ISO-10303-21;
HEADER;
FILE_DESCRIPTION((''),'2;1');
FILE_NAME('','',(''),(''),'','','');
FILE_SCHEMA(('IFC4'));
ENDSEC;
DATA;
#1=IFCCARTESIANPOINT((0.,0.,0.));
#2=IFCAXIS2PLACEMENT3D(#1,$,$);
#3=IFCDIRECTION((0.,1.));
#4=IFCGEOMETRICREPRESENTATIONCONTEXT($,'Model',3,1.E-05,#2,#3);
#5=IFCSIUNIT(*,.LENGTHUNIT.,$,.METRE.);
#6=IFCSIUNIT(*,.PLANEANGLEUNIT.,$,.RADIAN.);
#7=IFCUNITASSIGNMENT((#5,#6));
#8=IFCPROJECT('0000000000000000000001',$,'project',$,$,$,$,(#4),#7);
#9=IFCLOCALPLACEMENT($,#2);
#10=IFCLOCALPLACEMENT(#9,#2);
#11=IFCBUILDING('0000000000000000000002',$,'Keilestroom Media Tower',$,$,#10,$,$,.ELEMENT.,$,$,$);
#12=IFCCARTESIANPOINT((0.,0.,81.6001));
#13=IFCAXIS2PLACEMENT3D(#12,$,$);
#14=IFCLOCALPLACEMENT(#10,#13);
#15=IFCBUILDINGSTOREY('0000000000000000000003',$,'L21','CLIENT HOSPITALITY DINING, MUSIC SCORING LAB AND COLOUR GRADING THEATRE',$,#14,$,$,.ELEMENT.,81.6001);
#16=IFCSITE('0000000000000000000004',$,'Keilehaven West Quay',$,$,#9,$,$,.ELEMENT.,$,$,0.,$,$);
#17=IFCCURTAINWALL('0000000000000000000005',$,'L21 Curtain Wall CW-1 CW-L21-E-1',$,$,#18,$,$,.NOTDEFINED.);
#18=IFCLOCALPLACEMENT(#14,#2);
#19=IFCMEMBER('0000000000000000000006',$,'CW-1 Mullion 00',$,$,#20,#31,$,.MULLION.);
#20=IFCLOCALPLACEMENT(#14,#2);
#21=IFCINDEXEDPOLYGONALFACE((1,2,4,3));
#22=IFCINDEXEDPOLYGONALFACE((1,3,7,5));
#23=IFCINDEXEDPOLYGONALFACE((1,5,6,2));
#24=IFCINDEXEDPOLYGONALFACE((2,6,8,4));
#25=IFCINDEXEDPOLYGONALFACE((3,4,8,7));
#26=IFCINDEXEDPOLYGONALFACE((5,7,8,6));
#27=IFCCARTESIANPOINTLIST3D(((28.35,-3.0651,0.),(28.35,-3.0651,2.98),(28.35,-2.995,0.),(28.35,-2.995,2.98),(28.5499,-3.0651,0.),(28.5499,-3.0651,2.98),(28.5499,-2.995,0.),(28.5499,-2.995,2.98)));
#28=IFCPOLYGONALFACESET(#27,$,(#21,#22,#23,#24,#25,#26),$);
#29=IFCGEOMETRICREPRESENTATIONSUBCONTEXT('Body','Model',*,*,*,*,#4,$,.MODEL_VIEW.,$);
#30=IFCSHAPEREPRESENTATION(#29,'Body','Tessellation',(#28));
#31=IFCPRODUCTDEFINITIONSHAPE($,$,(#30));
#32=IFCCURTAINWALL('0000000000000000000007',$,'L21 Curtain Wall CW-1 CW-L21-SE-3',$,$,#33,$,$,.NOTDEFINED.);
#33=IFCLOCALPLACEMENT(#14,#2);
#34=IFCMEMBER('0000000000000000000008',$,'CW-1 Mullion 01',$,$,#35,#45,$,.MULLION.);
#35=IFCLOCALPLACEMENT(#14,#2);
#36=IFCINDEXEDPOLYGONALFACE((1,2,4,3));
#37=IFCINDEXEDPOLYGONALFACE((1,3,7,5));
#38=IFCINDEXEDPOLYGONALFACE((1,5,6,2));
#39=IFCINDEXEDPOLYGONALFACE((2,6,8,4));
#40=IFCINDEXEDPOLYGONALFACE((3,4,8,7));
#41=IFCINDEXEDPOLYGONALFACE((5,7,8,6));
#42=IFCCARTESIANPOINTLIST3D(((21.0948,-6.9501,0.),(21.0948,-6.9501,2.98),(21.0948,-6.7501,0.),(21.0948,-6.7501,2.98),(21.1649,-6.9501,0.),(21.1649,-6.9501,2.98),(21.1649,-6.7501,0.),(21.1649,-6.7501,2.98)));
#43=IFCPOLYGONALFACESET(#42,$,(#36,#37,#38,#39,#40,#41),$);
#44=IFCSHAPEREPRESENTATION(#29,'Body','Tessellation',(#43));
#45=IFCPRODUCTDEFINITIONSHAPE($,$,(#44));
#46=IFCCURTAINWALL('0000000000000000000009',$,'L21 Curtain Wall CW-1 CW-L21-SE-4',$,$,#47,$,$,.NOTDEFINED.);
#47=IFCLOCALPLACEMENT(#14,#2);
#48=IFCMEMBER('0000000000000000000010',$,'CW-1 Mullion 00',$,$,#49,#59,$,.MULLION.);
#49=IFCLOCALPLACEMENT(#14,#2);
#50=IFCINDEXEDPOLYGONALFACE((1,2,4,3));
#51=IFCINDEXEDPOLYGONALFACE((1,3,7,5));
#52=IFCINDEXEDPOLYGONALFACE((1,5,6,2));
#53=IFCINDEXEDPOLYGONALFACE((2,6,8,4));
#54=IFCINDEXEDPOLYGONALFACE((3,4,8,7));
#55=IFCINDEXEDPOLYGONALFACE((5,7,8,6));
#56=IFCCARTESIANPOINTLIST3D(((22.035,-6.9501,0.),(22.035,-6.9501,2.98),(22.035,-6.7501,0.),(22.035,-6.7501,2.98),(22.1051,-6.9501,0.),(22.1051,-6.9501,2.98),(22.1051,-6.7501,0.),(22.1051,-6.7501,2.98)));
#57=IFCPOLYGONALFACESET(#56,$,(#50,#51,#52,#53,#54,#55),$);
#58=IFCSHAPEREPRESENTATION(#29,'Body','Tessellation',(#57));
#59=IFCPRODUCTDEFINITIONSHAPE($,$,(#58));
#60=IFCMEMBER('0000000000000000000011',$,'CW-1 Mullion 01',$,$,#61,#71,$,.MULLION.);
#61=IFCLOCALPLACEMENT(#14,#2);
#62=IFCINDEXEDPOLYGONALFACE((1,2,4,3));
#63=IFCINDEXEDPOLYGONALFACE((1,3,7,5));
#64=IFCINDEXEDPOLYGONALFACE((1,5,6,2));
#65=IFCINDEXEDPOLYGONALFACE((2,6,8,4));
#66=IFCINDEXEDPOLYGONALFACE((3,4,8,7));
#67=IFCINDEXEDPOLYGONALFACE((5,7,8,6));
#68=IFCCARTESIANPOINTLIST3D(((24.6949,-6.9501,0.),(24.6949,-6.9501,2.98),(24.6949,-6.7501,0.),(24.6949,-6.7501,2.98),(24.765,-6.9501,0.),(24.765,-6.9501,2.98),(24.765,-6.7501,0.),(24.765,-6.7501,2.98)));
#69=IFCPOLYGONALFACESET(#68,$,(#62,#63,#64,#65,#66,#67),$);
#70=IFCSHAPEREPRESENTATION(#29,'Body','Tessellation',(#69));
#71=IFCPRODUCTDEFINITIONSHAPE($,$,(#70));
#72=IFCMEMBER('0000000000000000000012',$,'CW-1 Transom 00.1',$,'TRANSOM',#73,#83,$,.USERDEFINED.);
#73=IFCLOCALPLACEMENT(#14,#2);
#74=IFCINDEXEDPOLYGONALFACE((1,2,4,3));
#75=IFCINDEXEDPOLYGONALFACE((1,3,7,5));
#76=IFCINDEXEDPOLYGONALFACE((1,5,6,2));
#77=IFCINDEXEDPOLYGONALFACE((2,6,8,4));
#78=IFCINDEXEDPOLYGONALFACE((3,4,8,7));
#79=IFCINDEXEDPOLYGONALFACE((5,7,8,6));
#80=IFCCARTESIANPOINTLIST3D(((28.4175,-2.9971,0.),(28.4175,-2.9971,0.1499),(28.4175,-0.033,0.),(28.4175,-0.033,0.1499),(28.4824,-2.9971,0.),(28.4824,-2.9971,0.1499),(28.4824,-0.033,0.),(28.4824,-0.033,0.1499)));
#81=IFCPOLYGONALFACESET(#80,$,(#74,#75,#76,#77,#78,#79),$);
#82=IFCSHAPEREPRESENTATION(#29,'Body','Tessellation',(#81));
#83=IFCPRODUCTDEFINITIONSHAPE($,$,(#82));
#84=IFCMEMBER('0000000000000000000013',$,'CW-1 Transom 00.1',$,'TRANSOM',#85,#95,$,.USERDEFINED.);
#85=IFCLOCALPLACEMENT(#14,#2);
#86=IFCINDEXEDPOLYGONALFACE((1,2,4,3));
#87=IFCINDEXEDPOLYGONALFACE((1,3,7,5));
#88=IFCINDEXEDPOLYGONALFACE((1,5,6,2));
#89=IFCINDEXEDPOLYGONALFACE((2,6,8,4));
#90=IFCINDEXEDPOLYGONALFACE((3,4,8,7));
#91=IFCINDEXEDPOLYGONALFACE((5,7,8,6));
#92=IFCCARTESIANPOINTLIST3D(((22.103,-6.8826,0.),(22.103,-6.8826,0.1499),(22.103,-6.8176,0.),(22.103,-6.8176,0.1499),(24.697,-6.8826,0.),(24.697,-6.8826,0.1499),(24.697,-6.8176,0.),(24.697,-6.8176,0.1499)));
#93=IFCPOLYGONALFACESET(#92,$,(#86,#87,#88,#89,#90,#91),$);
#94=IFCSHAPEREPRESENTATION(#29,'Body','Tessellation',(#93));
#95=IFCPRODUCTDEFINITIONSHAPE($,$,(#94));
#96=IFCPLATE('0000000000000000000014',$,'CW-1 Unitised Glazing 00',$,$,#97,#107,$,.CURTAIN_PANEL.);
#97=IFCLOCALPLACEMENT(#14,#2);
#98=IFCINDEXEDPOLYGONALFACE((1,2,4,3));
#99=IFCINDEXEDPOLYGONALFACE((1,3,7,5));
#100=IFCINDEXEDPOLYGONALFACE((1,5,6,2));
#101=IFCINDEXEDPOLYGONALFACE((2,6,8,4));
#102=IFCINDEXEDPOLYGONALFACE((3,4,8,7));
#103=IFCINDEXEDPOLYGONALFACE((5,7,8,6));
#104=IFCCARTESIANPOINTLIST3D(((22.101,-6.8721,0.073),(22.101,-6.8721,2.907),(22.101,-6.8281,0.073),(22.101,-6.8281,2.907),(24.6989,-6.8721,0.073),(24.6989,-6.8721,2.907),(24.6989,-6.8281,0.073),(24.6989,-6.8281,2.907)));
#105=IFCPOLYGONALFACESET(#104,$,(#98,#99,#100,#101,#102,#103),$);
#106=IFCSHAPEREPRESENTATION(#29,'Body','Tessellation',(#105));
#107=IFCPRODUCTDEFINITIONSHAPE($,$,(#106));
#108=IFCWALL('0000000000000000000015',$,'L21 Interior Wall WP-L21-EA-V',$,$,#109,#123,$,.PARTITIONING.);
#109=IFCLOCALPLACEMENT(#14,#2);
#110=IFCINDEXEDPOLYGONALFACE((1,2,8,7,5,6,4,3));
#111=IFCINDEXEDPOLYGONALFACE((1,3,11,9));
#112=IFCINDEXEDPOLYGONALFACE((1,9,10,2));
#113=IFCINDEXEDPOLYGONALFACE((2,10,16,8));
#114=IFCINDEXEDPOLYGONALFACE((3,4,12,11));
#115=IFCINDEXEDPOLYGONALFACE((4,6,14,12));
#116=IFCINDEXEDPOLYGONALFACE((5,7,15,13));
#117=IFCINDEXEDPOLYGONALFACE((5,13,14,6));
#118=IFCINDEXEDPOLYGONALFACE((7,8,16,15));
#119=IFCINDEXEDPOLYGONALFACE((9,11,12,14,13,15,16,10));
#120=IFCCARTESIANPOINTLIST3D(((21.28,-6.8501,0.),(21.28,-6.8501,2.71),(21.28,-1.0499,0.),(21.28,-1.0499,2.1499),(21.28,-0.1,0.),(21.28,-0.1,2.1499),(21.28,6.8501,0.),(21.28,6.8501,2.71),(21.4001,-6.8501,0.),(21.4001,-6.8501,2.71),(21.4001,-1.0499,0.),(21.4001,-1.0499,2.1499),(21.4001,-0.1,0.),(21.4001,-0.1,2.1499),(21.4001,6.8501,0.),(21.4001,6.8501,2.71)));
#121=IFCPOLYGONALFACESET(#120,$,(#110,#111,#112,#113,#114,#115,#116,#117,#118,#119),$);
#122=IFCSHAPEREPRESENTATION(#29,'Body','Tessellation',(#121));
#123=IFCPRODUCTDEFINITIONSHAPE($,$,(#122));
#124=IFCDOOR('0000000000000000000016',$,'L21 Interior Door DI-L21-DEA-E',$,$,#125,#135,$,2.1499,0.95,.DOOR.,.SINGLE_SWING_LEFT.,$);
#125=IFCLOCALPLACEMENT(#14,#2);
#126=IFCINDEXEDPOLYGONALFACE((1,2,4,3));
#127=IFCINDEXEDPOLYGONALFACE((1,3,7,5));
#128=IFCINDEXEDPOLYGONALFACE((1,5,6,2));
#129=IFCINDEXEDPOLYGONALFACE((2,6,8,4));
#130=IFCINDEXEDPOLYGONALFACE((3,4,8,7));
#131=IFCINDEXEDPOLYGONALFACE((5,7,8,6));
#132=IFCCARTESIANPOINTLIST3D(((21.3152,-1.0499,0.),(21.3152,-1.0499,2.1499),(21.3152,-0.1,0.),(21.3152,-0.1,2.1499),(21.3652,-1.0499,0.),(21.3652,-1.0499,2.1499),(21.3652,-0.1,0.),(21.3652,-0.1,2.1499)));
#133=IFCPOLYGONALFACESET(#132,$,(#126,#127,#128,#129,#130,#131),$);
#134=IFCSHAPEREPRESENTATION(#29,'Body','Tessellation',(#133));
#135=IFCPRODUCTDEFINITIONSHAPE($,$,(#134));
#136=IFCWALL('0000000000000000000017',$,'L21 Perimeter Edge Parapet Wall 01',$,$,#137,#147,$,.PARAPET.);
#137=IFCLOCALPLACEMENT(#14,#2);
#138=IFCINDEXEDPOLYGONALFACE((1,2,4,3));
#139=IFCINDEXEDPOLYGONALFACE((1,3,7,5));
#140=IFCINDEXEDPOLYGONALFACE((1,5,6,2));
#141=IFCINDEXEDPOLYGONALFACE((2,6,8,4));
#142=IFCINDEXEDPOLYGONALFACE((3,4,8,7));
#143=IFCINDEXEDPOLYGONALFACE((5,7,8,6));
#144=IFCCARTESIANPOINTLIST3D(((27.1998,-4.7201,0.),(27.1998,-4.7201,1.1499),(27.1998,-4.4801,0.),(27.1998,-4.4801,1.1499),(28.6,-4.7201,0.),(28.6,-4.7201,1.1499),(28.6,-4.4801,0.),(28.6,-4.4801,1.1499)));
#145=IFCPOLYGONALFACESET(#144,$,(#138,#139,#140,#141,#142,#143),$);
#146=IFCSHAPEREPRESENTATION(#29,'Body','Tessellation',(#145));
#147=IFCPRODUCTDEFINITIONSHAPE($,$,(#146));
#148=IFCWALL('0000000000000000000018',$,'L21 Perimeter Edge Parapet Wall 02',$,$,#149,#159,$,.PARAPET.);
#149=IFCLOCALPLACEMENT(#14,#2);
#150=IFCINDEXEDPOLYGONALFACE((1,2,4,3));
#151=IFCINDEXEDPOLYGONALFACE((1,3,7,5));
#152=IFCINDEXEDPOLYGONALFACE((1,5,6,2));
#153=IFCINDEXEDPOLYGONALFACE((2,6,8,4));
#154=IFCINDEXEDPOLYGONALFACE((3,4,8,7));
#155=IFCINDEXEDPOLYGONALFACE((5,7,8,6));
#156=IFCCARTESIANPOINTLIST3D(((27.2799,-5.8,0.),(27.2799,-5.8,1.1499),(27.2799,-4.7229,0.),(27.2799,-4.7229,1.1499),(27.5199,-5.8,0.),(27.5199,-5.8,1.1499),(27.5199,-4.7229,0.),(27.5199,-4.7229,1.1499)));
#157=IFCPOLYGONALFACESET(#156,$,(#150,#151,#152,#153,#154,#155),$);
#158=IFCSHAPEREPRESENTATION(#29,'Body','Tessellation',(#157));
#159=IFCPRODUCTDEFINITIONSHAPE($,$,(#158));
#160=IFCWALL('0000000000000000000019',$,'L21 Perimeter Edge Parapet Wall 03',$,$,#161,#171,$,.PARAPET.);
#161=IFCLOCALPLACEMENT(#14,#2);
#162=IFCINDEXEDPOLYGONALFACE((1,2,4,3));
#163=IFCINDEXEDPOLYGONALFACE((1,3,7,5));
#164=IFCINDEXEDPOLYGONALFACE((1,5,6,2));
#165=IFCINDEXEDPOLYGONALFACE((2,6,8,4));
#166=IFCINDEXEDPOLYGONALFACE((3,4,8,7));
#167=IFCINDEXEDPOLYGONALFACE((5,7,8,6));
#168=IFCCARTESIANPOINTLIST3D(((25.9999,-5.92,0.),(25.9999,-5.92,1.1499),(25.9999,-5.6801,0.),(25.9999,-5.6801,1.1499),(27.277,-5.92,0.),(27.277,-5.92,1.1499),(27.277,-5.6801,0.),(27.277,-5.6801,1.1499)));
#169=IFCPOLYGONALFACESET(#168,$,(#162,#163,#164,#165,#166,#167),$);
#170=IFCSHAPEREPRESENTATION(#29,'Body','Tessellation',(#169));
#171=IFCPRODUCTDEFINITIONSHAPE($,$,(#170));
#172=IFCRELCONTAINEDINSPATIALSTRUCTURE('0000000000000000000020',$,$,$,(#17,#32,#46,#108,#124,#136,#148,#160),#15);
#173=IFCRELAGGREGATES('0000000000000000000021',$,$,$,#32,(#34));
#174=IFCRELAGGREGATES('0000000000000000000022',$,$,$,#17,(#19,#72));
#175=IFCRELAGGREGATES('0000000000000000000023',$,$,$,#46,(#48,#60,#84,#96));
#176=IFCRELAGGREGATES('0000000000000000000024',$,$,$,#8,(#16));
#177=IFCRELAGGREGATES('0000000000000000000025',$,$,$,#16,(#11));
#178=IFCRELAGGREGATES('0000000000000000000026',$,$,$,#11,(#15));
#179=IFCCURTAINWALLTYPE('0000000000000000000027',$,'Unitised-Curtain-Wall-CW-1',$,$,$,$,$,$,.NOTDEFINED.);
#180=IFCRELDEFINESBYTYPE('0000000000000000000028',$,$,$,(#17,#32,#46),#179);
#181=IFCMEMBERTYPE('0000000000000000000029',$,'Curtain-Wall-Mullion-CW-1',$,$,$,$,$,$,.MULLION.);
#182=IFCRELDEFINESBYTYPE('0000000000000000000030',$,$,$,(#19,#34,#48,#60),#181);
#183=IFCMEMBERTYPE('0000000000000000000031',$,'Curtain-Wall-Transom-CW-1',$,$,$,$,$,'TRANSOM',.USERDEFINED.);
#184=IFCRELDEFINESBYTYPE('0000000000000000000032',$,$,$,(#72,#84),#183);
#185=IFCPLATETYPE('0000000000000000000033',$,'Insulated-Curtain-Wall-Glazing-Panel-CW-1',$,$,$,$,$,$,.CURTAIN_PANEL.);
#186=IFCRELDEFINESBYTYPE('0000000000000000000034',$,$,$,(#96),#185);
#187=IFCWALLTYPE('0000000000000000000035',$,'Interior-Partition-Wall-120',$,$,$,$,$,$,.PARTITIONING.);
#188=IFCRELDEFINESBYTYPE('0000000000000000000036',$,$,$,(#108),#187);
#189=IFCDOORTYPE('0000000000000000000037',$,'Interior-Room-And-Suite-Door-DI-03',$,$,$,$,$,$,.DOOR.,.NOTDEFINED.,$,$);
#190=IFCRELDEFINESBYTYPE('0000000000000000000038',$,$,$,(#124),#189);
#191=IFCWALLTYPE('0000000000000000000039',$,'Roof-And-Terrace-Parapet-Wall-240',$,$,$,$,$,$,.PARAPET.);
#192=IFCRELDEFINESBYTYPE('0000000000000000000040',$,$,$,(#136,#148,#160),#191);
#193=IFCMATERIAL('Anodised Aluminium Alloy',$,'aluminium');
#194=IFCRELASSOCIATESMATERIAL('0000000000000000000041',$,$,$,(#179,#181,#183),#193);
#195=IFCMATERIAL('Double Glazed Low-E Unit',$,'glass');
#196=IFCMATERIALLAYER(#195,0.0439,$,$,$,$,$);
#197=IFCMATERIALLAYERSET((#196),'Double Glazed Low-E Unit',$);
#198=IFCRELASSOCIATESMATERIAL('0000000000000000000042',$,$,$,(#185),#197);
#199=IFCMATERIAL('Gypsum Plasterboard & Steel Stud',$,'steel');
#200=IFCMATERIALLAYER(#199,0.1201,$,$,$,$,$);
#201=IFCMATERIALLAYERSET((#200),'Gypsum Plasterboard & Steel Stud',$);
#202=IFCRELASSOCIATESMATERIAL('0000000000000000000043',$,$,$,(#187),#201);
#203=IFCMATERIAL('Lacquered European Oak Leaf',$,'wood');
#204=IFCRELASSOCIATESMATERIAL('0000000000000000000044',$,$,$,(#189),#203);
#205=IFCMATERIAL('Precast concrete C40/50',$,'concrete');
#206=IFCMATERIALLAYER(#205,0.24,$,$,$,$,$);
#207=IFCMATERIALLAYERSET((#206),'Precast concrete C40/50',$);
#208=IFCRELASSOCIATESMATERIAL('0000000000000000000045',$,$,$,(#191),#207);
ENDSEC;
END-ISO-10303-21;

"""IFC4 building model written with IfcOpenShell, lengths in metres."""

from ifc_helpers import new_model, si_unit, direction, frame, frame_2d, origin, origin_2d, place, context, subcontext, project, spatial, rectangle, extrude, source, transform, mapped, material, layer, layer_set, material_profile, profile_set, type_object, element, fill, aggregate, save


model = new_model("IFC4")

# Units and contexts
model_context = context("Model", 3, precision=1e-05, world=origin(), true_north=direction((0.0, 1.0)))
body_context = subcontext(model_context, "Body", "Model", "MODEL_VIEW")
ifc_project = project(units=[si_unit("LENGTHUNIT", "METRE"), si_unit("PLANEANGLEUNIT", "RADIAN")], contexts=[model_context])

# Site, building, storey
site_placement = place(None, origin())
site = spatial("IfcSite", under=ifc_project, at=site_placement, Name="Keilehaven West Quay", CompositionType="ELEMENT", RefElevation=0.0)
building_placement = place(site_placement, origin())
building = spatial("IfcBuilding", under=site, at=building_placement, Name="Keilestroom Media Tower", CompositionType="ELEMENT")
storey_placement = place(building_placement, frame((0.0, 0.0, 81.6001)))
storey = spatial("IfcBuildingStorey", under=building, at=storey_placement, Name="L21", Description="CLIENT HOSPITALITY DINING, MUSIC SCORING LAB AND COLOUR GRADING THEATRE", CompositionType="ELEMENT", Elevation=81.6001)

# Shared definitions
ifc_material_1 = material(Name="Precast concrete C40/50", Category="concrete")

# Curtain walls, members
ifc_material_2 = material(Name="Anodised Aluminium Alloy", Category="aluminium")
curtain_wall_type = type_object("IfcCurtainWallType", Name="Unitised-Curtain-Wall-CW-1", PredefinedType="NOTDEFINED", material=ifc_material_2)
curtain_wall_1_placement = place(storey_placement, origin())
curtain_wall_1 = element("IfcCurtainWall", 1, at=curtain_wall_1_placement, inside=storey, type_object=curtain_wall_type, Name="L21 Curtain Wall CW-1 CW-L21-E-1", PredefinedType="NOTDEFINED")
ifc_material_profile_1 = material_profile(ifc_material_2, rectangle(XDim=0.0701, YDim=0.2, at=origin_2d()), Name="ALU MULLION 70x200")
ifc_profile_set_1 = profile_set([ifc_material_profile_1], Name="Anodised Aluminium Alloy")
member_type_1 = type_object("IfcMemberType", Name="Curtain-Wall-Mullion-CW-1", PredefinedType="MULLION", material=ifc_profile_set_1)
shared_shape_1 = source(origin(), body_context, "Body", "SweptSolid", [
    extrude(rectangle(XDim=0.0701, YDim=0.2, at=origin_2d()), origin(), (0.0, 0.0, 1.0), 2.98),
])
member_1_placement = place(storey_placement, frame((28.45, -3.03, 0.0), z_axis=(0.0, 0.0, 1.0), x_axis=(0.0, 1.0, 0.0)))
member_1 = element("IfcMember", 2, at=member_1_placement, type_object=member_type_1, Name="CW-1 Mullion 00", PredefinedType="MULLION", context=body_context, shape_type="MappedRepresentation", body=[
    mapped(shared_shape_1, transform((0.0, 0.0, 0.0), x_axis=(1.0, 0.0, 0.0), y_axis=(0.0, 1.0, 0.0), z_axis=(0.0, 0.0, 1.0), scale=1.0)),
])
curtain_wall_2_placement = place(storey_placement, origin())
curtain_wall_2 = element("IfcCurtainWall", 3, at=curtain_wall_2_placement, inside=storey, type_object=curtain_wall_type, Name="L21 Curtain Wall CW-1 CW-L21-SE-3", PredefinedType="NOTDEFINED")
member_2_placement = place(storey_placement, frame((21.1299, -6.8501, 0.0), z_axis=(0.0, 0.0, 1.0), x_axis=(1.0, 0.0, 0.0)))
member_2 = element("IfcMember", 4, at=member_2_placement, type_object=member_type_1, Name="CW-1 Mullion 01", PredefinedType="MULLION", context=body_context, shape_type="MappedRepresentation", body=[
    mapped(shared_shape_1, transform((0.0, 0.0, 0.0), x_axis=(1.0, 0.0, 0.0), y_axis=(0.0, 1.0, 0.0), z_axis=(0.0, 0.0, 1.0), scale=1.0)),
])
aggregate(curtain_wall_2, [member_2])

# Curtain wall, members
curtain_wall_3_placement = place(storey_placement, origin())
curtain_wall_3 = element("IfcCurtainWall", 5, at=curtain_wall_3_placement, inside=storey, type_object=curtain_wall_type, Name="L21 Curtain Wall CW-1 CW-L21-SE-4", PredefinedType="NOTDEFINED")
member_3_placement = place(storey_placement, frame((22.0701, -6.8501, 0.0), z_axis=(0.0, 0.0, 1.0), x_axis=(1.0, 0.0, 0.0)))
member_3 = element("IfcMember", 6, at=member_3_placement, type_object=member_type_1, Name="CW-1 Mullion 00", PredefinedType="MULLION", context=body_context, shape_type="MappedRepresentation", body=[
    mapped(shared_shape_1, transform((0.0, 0.0, 0.0), x_axis=(1.0, 0.0, 0.0), y_axis=(0.0, 1.0, 0.0), z_axis=(0.0, 0.0, 1.0), scale=1.0)),
])
member_4_placement = place(storey_placement, frame((24.73, -6.8501, 0.0), z_axis=(0.0, 0.0, 1.0), x_axis=(1.0, 0.0, 0.0)))
member_4 = element("IfcMember", 7, at=member_4_placement, type_object=member_type_1, Name="CW-1 Mullion 01", PredefinedType="MULLION", context=body_context, shape_type="MappedRepresentation", body=[
    mapped(shared_shape_1, transform((0.0, 0.0, 0.0), x_axis=(1.0, 0.0, 0.0), y_axis=(0.0, 1.0, 0.0), z_axis=(0.0, 0.0, 1.0), scale=1.0)),
])

# Members
ifc_material_profile_2 = material_profile(ifc_material_2, rectangle(XDim=0.0649, YDim=0.1499, at=origin_2d()), Name="ALU TRANSOM 65x150")
ifc_profile_set_2 = profile_set([ifc_material_profile_2], Name="Anodised Aluminium Alloy")
member_type_2 = type_object("IfcMemberType", Name="Curtain-Wall-Transom-CW-1", ElementType="TRANSOM", PredefinedType="USERDEFINED", material=ifc_profile_set_2)
shared_shape_2 = source(origin(), body_context, "Body", "SweptSolid", [
    extrude(rectangle(XDim=0.0649, YDim=0.1499, at=origin_2d()), origin(), (0.0, 0.0, 1.0), 2.9641),
])
member_5_placement = place(storey_placement, frame((28.45, -2.9971, 0.075), z_axis=(0.0, 1.0, 0.0), x_axis=(-1.0, 0.0, 0.0)))
member_5 = element("IfcMember", 8, at=member_5_placement, type_object=member_type_2, Name="CW-1 Transom 00.1", ObjectType="TRANSOM", PredefinedType="USERDEFINED", context=body_context, shape_type="MappedRepresentation", body=[
    mapped(shared_shape_2, transform((0.0, 0.0, 0.0), x_axis=(1.0, 0.0, 0.0), y_axis=(0.0, 1.0, 0.0), z_axis=(0.0, 0.0, 1.0), scale=1.0)),
])
aggregate(curtain_wall_1, [member_1, member_5])
shared_shape_3 = source(origin(), body_context, "Body", "SweptSolid", [
    extrude(rectangle(XDim=0.0649, YDim=0.1499, at=origin_2d()), origin(), (0.0, 0.0, 1.0), 2.594),
])
member_6_placement = place(storey_placement, frame((22.103, -6.8501, 0.075), z_axis=(1.0, 0.0, 0.0), x_axis=(0.0, 1.0, 0.0)))
member_6 = element("IfcMember", 9, at=member_6_placement, type_object=member_type_2, Name="CW-1 Transom 00.1", ObjectType="TRANSOM", PredefinedType="USERDEFINED", context=body_context, shape_type="MappedRepresentation", body=[
    mapped(shared_shape_3, transform((0.0, 0.0, 0.0), x_axis=(1.0, 0.0, 0.0), y_axis=(0.0, 1.0, 0.0), z_axis=(0.0, 0.0, 1.0), scale=1.0)),
])

# Plate
ifc_material_3 = material(Name="Double Glazed Low-E Unit", Category="glass")
ifc_layer_1 = layer(ifc_material_3, 0.0439)
ifc_layer_set_1 = layer_set([ifc_layer_1], Name="Double Glazed Low-E Unit")
plate_type = type_object("IfcPlateType", Name="Insulated-Curtain-Wall-Glazing-Panel-CW-1", PredefinedType="CURTAIN_PANEL", material=ifc_layer_set_1)
shared_shape_4 = source(origin(), body_context, "Body", "SweptSolid", [
    extrude(rectangle(XDim=2.5979, YDim=0.0439, at=origin_2d()), origin(), (0.0, 0.0, 1.0), 2.834),
])
plate_placement = place(storey_placement, frame((23.3999, -6.8501, 0.073), z_axis=(0.0, 0.0, 1.0), x_axis=(1.0, 0.0, 0.0)))
plate = element("IfcPlate", 10, at=plate_placement, type_object=plate_type, Name="CW-1 Unitised Glazing 00", PredefinedType="CURTAIN_PANEL", context=body_context, shape_type="MappedRepresentation", body=[
    mapped(shared_shape_4, transform((0.0, 0.0, 0.0), x_axis=(1.0, 0.0, 0.0), y_axis=(0.0, 1.0, 0.0), z_axis=(0.0, 0.0, 1.0), scale=1.0)),
])
aggregate(curtain_wall_3, [member_3, member_4, member_6, plate])

# Wall, opening, door
ifc_material_4 = material(Name="Gypsum Plasterboard & Steel Stud", Category="steel")
ifc_layer_2 = layer(ifc_material_4, 0.1201)
ifc_layer_set_2 = layer_set([ifc_layer_2], Name="Gypsum Plasterboard & Steel Stud")
wall_type_1 = type_object("IfcWallType", Name="Interior-Partition-Wall-120", PredefinedType="PARTITIONING", material=ifc_layer_set_2)
wall_1_placement = place(storey_placement, frame((21.3401, -6.8501, 0.0), z_axis=(0.0, 0.0, 1.0), x_axis=(0.0, 1.0, 0.0)))
wall_1 = element("IfcWall", 11, at=wall_1_placement, inside=storey, type_object=wall_type_1, Name="L21 Interior Wall WP-L21-EA-V", PredefinedType="PARTITIONING", context=body_context, shape_type="SweptSolid", body=[
    extrude(rectangle(XDim=13.7002, YDim=0.1201, at=frame_2d((6.8501, 0.0))), origin(), (0.0, 0.0, 1.0), 2.71),
])
opening_placement = place(wall_1_placement, frame((5.8, 0.0, 0.0)))
opening = element("IfcOpeningElement", 12, at=opening_placement, cuts=wall_1, PredefinedType="OPENING", context=body_context, shape_type="SweptSolid", body=[
    extrude(rectangle(XDim=0.95, YDim=2.1499, at=frame_2d((0.4751, 1.075))), frame((0.0, 0.0701, 0.0), z_axis=(0.0, -1.0, 0.0), x_axis=(1.0, 0.0, 0.0)), (0.0, 0.0, 1.0), 0.1401),
])
ifc_material_5 = material(Name="Lacquered European Oak Leaf", Category="wood")
door_type = type_object("IfcDoorType", Name="Interior-Room-And-Suite-Door-DI-03", OperationType="NOTDEFINED", PredefinedType="DOOR", material=ifc_material_5)
shared_shape_5 = source(origin(), body_context, "Body", "SweptSolid", [
    extrude(rectangle(XDim=0.95, YDim=2.1499, at=frame_2d((0.4751, 1.075))), frame((0.0, 0.0249, 0.0), z_axis=(0.0, -1.0, 0.0), x_axis=(1.0, 0.0, 0.0)), (0.0, 0.0, 1.0), 0.05),
])
door_placement = place(opening_placement, origin())
door = element("IfcDoor", 13, at=door_placement, inside=storey, type_object=door_type, Name="L21 Interior Door DI-L21-DEA-E", OperationType="SINGLE_SWING_LEFT", OverallHeight=2.1499, OverallWidth=0.95, PredefinedType="DOOR", context=body_context, shape_type="MappedRepresentation", body=[
    mapped(shared_shape_5, transform((0.0, 0.0, 0.0), x_axis=(1.0, 0.0, 0.0), y_axis=(0.0, 1.0, 0.0), z_axis=(0.0, 0.0, 1.0), scale=1.0)),
])
fill(opening, door)

# Walls
ifc_layer_3 = layer(ifc_material_1, 0.24)
ifc_layer_set_3 = layer_set([ifc_layer_3], Name="Precast concrete C40/50")
wall_type_2 = type_object("IfcWallType", Name="Roof-And-Terrace-Parapet-Wall-240", PredefinedType="PARAPET", material=ifc_layer_set_3)
wall_2_placement = place(storey_placement, frame((28.6001, -4.6001, 0.0), z_axis=(0.0, 0.0, 1.0), x_axis=(-1.0, 0.0, 0.0)))
element("IfcWall", 14, at=wall_2_placement, inside=storey, type_object=wall_type_2, Name="L21 Perimeter Edge Parapet Wall 01", PredefinedType="PARAPET", context=body_context, shape_type="SweptSolid", body=[
    extrude(rectangle(XDim=1.4001, YDim=0.24, at=frame_2d((0.7002, 0.0))), origin(), (0.0, 0.0, 1.0), 1.1499),
])
wall_3_placement = place(storey_placement, frame((27.3999, -4.7229, 0.0), z_axis=(0.0, 0.0, 1.0), x_axis=(0.0, -1.0, 0.0)))
element("IfcWall", 15, at=wall_3_placement, inside=storey, type_object=wall_type_2, Name="L21 Perimeter Edge Parapet Wall 02", PredefinedType="PARAPET", context=body_context, shape_type="SweptSolid", body=[
    extrude(rectangle(XDim=1.0771, YDim=0.24, at=frame_2d((0.5386, 0.0))), origin(), (0.0, 0.0, 1.0), 1.1499),
])
wall_4_placement = place(storey_placement, frame((27.2771, -5.8, 0.0), z_axis=(0.0, 0.0, 1.0), x_axis=(-1.0, 0.0, 0.0)))
element("IfcWall", 16, at=wall_4_placement, inside=storey, type_object=wall_type_2, Name="L21 Perimeter Edge Parapet Wall 03", PredefinedType="PARAPET", context=body_context, shape_type="SweptSolid", body=[
    extrude(rectangle(XDim=1.2771, YDim=0.24, at=frame_2d((0.6387, 0.0))), origin(), (0.0, 0.0, 1.0), 1.1499),
])

save(model, "model.ifc")
